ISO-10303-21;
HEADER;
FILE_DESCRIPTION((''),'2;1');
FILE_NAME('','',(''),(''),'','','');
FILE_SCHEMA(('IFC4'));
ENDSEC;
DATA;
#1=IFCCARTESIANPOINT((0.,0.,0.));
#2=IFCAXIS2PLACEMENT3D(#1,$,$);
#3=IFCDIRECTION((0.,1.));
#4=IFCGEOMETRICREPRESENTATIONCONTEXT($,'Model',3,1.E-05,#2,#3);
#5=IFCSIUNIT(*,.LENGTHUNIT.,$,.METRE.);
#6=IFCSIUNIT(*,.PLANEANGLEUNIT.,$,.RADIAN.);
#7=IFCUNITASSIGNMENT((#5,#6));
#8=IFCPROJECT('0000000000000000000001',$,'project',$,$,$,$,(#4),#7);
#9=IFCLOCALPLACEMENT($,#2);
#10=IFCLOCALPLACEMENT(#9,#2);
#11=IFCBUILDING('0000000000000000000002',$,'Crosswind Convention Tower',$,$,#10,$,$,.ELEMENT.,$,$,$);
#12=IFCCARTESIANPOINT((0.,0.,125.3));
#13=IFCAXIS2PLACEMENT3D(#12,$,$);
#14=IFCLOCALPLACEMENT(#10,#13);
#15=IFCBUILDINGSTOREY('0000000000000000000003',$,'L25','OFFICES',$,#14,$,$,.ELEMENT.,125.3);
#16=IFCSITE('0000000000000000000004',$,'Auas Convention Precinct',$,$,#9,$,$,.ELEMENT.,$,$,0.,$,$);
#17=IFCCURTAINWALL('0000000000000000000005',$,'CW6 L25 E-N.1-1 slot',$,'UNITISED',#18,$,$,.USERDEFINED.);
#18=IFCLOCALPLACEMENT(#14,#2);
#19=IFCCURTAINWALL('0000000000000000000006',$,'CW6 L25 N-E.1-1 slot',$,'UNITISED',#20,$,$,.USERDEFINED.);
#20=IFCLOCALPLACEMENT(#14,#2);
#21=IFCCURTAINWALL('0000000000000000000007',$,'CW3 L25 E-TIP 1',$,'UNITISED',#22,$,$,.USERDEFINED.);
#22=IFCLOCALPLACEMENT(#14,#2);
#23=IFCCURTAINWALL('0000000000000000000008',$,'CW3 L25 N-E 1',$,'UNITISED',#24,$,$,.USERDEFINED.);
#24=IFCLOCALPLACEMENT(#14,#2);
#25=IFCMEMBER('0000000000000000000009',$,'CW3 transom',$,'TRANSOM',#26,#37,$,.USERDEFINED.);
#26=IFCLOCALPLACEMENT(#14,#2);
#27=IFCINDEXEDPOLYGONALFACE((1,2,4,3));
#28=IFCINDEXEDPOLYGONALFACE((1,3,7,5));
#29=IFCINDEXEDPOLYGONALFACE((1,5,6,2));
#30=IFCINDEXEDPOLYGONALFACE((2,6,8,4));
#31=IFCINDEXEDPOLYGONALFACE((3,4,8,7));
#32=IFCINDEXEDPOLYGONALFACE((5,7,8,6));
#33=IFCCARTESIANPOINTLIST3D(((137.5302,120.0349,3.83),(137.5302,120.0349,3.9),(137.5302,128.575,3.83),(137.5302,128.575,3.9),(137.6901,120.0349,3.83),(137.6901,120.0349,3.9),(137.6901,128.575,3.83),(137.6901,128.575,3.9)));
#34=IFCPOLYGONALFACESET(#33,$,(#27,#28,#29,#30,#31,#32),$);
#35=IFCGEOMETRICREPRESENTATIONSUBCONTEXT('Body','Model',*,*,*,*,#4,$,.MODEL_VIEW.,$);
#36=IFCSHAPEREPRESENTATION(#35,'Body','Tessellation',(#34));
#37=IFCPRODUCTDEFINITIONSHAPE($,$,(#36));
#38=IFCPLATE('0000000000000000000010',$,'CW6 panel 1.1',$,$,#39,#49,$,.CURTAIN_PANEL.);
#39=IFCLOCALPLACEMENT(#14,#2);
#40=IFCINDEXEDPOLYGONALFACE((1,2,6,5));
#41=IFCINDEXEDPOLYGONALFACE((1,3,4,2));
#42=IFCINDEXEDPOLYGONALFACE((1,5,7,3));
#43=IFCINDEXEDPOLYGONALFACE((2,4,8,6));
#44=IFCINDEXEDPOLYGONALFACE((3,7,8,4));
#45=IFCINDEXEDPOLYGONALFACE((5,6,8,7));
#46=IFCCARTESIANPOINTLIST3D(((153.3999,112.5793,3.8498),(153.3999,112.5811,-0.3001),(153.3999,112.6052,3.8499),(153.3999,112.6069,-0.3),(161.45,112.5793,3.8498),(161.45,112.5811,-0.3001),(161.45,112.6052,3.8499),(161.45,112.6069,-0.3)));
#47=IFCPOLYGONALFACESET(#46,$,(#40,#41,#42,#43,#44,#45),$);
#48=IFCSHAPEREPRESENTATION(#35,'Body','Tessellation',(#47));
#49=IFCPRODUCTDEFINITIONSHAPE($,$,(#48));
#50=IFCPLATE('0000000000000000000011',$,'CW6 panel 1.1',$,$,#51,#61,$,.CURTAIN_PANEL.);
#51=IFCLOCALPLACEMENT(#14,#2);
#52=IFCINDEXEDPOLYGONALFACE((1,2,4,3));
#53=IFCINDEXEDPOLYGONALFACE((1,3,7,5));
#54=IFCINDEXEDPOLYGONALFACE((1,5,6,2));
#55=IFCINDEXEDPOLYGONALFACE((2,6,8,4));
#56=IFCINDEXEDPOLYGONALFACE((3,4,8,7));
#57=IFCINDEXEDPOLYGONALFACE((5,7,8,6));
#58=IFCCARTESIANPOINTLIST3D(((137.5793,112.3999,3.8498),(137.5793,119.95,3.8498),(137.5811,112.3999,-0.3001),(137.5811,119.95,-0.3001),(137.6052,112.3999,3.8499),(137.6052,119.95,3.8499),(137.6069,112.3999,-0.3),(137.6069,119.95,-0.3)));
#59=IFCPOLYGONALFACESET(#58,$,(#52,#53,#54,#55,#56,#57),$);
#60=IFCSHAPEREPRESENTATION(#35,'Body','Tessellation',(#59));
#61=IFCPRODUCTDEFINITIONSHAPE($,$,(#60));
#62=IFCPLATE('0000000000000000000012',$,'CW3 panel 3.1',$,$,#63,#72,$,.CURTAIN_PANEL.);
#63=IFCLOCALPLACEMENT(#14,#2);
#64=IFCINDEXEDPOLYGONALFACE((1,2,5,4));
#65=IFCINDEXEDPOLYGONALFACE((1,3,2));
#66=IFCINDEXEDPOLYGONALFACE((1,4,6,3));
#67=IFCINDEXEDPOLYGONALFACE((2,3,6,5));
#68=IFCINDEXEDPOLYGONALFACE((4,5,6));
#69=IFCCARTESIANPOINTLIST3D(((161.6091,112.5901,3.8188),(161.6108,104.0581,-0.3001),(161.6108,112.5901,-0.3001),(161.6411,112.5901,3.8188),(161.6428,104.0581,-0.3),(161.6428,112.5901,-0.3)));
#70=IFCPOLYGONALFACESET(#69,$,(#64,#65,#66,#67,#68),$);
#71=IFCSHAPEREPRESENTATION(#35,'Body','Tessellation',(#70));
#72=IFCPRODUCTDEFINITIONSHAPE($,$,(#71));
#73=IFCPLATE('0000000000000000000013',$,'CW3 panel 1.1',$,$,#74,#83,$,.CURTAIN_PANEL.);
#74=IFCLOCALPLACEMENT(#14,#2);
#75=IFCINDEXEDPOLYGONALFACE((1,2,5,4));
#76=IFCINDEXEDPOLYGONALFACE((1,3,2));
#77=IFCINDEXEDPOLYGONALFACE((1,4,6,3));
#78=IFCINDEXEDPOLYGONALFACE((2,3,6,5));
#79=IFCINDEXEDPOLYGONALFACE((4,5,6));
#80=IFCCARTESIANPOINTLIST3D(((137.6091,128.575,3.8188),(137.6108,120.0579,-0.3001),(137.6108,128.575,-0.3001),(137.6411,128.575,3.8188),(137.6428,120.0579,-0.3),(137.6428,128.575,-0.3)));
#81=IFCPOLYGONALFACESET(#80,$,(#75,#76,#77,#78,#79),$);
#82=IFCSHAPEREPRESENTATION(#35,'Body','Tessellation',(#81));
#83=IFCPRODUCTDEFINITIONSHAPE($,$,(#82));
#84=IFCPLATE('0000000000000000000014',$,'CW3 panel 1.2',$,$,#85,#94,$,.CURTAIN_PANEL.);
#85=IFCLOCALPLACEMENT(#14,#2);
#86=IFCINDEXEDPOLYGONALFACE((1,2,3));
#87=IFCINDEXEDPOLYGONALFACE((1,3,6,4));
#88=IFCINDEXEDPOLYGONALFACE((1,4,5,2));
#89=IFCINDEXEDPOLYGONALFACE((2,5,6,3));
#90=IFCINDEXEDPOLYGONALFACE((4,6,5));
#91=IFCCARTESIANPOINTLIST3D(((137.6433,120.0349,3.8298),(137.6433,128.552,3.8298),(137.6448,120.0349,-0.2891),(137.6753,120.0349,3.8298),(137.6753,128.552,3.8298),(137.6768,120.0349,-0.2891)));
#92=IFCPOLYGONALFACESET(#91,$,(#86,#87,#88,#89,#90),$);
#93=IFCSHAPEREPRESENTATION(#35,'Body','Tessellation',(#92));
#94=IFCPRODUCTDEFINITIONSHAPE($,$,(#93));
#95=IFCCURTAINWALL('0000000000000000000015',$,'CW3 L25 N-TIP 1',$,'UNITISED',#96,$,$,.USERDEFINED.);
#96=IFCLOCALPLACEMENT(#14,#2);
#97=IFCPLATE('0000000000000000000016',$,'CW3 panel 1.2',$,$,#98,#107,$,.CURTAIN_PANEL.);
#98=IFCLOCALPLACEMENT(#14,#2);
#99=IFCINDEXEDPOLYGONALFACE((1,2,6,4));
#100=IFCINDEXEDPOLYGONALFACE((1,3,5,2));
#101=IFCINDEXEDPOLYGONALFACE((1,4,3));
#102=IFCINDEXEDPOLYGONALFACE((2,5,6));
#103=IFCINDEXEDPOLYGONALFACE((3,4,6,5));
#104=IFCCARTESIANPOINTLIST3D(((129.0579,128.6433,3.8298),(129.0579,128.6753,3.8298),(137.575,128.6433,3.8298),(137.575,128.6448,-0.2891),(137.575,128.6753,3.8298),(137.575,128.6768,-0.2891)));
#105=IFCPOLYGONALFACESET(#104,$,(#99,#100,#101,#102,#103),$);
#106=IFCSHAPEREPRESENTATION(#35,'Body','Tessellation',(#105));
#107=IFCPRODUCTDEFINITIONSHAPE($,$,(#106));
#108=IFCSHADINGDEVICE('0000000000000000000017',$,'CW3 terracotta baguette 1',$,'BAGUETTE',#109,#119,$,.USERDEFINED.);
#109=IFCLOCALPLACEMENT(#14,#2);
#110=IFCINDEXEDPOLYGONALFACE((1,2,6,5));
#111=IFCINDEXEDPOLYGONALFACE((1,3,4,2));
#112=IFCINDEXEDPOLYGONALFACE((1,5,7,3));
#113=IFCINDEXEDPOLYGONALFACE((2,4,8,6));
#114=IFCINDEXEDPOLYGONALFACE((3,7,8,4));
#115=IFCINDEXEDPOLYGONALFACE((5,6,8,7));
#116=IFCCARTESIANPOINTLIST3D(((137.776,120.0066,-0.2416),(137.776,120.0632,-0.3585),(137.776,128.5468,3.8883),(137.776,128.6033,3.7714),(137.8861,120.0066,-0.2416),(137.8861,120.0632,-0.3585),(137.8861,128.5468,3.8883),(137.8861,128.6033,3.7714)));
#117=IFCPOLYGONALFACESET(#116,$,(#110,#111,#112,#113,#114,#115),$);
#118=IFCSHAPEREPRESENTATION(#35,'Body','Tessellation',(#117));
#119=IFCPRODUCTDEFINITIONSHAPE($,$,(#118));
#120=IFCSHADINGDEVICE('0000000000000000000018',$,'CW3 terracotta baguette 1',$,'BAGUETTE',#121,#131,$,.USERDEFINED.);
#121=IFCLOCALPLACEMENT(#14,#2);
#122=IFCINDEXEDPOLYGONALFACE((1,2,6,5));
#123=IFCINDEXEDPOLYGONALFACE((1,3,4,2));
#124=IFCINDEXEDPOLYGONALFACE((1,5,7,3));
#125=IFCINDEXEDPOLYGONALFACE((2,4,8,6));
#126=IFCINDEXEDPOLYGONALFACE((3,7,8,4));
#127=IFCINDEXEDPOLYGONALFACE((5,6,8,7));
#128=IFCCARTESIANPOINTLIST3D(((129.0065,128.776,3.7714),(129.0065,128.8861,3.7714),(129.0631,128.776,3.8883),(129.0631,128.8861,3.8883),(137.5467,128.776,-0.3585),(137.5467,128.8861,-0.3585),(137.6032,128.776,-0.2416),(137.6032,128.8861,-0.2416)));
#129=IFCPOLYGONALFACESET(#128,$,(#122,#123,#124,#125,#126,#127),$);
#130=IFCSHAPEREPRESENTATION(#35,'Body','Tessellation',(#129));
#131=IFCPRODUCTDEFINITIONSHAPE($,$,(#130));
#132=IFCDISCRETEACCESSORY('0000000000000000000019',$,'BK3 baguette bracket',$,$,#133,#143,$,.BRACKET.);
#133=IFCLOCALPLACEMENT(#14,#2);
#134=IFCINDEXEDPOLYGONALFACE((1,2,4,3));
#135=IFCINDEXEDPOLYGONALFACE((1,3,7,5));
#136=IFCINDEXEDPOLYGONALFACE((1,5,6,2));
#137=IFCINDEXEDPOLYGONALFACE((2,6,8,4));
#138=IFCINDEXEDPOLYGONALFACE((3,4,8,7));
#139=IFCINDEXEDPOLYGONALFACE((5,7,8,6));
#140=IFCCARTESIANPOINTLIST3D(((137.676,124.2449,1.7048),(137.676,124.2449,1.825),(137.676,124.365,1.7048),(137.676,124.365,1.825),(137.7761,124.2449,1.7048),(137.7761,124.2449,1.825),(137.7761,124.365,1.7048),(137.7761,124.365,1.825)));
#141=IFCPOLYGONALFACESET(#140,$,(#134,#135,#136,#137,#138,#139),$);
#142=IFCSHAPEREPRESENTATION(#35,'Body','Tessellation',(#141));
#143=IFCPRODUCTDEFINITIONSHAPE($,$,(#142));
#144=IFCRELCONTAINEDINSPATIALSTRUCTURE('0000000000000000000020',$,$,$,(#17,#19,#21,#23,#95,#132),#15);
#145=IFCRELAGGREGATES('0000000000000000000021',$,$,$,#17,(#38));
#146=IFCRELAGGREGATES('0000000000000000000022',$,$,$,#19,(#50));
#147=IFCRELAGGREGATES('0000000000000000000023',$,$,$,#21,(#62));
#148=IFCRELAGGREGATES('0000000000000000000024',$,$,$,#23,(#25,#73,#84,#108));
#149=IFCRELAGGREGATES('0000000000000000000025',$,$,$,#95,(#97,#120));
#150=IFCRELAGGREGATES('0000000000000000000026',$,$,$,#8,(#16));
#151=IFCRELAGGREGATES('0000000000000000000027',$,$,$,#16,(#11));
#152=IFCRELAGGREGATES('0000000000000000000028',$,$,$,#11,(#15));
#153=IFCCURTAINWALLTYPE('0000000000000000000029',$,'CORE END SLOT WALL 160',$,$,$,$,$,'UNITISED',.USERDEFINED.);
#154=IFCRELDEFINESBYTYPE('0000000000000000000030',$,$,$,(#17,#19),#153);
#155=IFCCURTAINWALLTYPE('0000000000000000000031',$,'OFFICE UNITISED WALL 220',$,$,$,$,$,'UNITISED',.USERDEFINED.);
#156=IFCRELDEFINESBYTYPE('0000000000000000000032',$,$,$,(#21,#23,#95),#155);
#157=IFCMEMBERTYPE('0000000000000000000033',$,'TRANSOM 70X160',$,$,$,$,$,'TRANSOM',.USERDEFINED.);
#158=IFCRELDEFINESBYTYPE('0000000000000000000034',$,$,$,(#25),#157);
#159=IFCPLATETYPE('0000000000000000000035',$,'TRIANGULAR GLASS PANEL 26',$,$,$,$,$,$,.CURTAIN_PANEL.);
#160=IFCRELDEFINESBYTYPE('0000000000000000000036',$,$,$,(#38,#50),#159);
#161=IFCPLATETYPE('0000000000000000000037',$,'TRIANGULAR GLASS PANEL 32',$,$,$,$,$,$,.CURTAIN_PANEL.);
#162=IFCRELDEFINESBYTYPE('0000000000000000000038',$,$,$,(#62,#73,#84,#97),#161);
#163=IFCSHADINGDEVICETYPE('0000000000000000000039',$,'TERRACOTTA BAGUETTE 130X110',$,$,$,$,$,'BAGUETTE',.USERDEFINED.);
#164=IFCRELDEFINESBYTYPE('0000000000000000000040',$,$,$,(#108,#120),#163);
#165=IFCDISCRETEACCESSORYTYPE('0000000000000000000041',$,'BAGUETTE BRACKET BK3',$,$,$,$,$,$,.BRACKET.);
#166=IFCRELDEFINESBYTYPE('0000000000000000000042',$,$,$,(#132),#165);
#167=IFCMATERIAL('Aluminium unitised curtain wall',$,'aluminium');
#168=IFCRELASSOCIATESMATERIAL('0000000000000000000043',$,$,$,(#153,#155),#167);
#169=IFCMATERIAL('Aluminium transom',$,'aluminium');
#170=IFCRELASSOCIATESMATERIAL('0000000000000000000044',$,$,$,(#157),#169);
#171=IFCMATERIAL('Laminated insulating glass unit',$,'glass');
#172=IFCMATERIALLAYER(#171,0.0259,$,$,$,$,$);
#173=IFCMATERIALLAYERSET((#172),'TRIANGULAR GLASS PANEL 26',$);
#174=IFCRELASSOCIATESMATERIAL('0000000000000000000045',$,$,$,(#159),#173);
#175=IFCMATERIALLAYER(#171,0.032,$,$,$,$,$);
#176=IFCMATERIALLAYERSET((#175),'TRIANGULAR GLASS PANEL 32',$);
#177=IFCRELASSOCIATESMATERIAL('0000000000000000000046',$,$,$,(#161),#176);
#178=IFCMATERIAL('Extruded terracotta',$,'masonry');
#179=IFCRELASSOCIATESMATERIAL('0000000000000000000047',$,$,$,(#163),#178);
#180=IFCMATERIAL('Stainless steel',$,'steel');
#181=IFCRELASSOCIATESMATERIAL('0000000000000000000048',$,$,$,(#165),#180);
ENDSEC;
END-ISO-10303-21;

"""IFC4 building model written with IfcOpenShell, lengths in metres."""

from ifc_helpers import new_model, si_unit, direction, frame, origin, origin_2d, place, context, subcontext, project, spatial, polyline, rectangle, outline, extrude, material, layer, layer_set, material_profile, profile_set, type_object, element, aggregate, save


model = new_model("IFC4")

# Units and contexts
model_context = context("Model", 3, precision=1e-05, world=origin(), true_north=direction((0.0, 1.0)))
body_context = subcontext(model_context, "Body", "Model", "MODEL_VIEW")
ifc_project = project(units=[si_unit("LENGTHUNIT", "METRE"), si_unit("PLANEANGLEUNIT", "RADIAN")], contexts=[model_context])

# Site, building, storey
site_placement = place(None, origin())
site = spatial("IfcSite", under=ifc_project, at=site_placement, Name="Auas Convention Precinct", CompositionType="ELEMENT", RefElevation=0.0)
building_placement = place(site_placement, origin())
building = spatial("IfcBuilding", under=site, at=building_placement, Name="Crosswind Convention Tower", CompositionType="ELEMENT")
storey_placement = place(building_placement, frame((0.0, 0.0, 125.3)))
storey = spatial("IfcBuildingStorey", under=building, at=storey_placement, Name="L25", Description="OFFICES", CompositionType="ELEMENT", Elevation=125.3)

# Curtain walls
ifc_material_1 = material(Name="Aluminium unitised curtain wall", Category="aluminium")
curtain_wall_type_1 = type_object("IfcCurtainWallType", Name="CORE END SLOT WALL 160", ElementType="UNITISED", PredefinedType="USERDEFINED", material=ifc_material_1)
curtain_wall_1_placement = place(storey_placement, origin())
curtain_wall_1 = element("IfcCurtainWall", 1, at=curtain_wall_1_placement, inside=storey, type_object=curtain_wall_type_1, Name="CW6 L25 E-N.1-1 slot", ObjectType="UNITISED", PredefinedType="USERDEFINED")
curtain_wall_2_placement = place(storey_placement, origin())
curtain_wall_2 = element("IfcCurtainWall", 2, at=curtain_wall_2_placement, inside=storey, type_object=curtain_wall_type_1, Name="CW6 L25 N-E.1-1 slot", ObjectType="UNITISED", PredefinedType="USERDEFINED")

# Curtain wall
curtain_wall_type_2 = type_object("IfcCurtainWallType", Name="OFFICE UNITISED WALL 220", ElementType="UNITISED", PredefinedType="USERDEFINED", material=ifc_material_1)
curtain_wall_3_placement = place(storey_placement, origin())
curtain_wall_3 = element("IfcCurtainWall", 3, at=curtain_wall_3_placement, inside=storey, type_object=curtain_wall_type_2, Name="CW3 L25 E-TIP 1", ObjectType="UNITISED", PredefinedType="USERDEFINED")

# Curtain wall
curtain_wall_4_placement = place(storey_placement, origin())
curtain_wall_4 = element("IfcCurtainWall", 4, at=curtain_wall_4_placement, inside=storey, type_object=curtain_wall_type_2, Name="CW3 L25 N-E 1", ObjectType="UNITISED", PredefinedType="USERDEFINED")

# Member
ifc_material_2 = material(Name="Aluminium transom", Category="aluminium")
ifc_material_profile_1 = material_profile(ifc_material_2, rectangle(XDim=0.1599, YDim=0.0701, at=origin_2d()), Name="AL 160X70")
ifc_profile_set_1 = profile_set([ifc_material_profile_1], Name="Aluminium transom")
member_type_1 = type_object("IfcMemberType", Name="TRANSOM 70X160", ElementType="TRANSOM", PredefinedType="USERDEFINED", material=ifc_profile_set_1)
member_1_placement = place(storey_placement, frame((137.6101, 120.0349, 3.865), z_axis=(0.0, 1.0, 0.0), x_axis=(-1.0, 0.0, 0.0)))
member_1 = element("IfcMember", 5, at=member_1_placement, type_object=member_type_1, Name="CW3 transom", ObjectType="TRANSOM", PredefinedType="USERDEFINED", context=body_context, shape_type="SweptSolid", body=[
    extrude(rectangle(XDim=0.1599, YDim=0.0701, at=origin_2d()), origin(), (0.0, 0.0, 1.0), 8.54),
])

# Plates
ifc_material_3 = material(Name="Laminated insulating glass unit", Category="glass")
ifc_layer_1 = layer(ifc_material_3, 0.0259)
ifc_layer_set_1 = layer_set([ifc_layer_1], Name="TRIANGULAR GLASS PANEL 26")
plate_type_1 = type_object("IfcPlateType", Name="TRIANGULAR GLASS PANEL 26", PredefinedType="CURTAIN_PANEL", material=ifc_layer_set_1)
plate_1_placement = place(storey_placement, frame((161.45, 112.6069, -0.3), z_axis=(0.0, 1.0, 0.000412), x_axis=(-1.0, 0.0, 0.0)))
plate_1 = element("IfcPlate", 6, at=plate_1_placement, type_object=plate_type_1, Name="CW6 panel 1.1", PredefinedType="CURTAIN_PANEL", context=body_context, shape_type="SweptSolid", body=[
    extrude(outline(polyline([(0.0, 0.0), (8.05, 0.0), (8.05, 4.1499), (0.0, 4.1499), (0.0, 0.0)])), origin(), (0.0, 0.0, -1.0), 0.0259),
])
aggregate(curtain_wall_1, [plate_1])
plate_2_placement = place(storey_placement, frame((137.6069, 112.3999, -0.3), z_axis=(1.0, 0.0, 0.000412), x_axis=(0.0, 1.0, 0.0)))
plate_2 = element("IfcPlate", 7, at=plate_2_placement, type_object=plate_type_1, Name="CW6 panel 1.1", PredefinedType="CURTAIN_PANEL", context=body_context, shape_type="SweptSolid", body=[
    extrude(outline(polyline([(0.0, 0.0), (7.55, 0.0), (7.55, 4.1499), (0.0, 4.1499), (0.0, 0.0)])), origin(), (0.0, 0.0, -1.0), 0.0259),
])
aggregate(curtain_wall_2, [plate_2])
ifc_layer_2 = layer(ifc_material_3, 0.032)
ifc_layer_set_2 = layer_set([ifc_layer_2], Name="TRIANGULAR GLASS PANEL 32")
plate_type_2 = type_object("IfcPlateType", Name="TRIANGULAR GLASS PANEL 32", PredefinedType="CURTAIN_PANEL", material=ifc_layer_set_2)
plate_3_placement = place(storey_placement, frame((161.6428, 112.5901, -0.3), z_axis=(1.0, 0.0, 0.000415), x_axis=(-0.000415, 0.0, 1.0)))
plate_3 = element("IfcPlate", 8, at=plate_3_placement, type_object=plate_type_2, Name="CW3 panel 3.1", PredefinedType="CURTAIN_PANEL", context=body_context, shape_type="SweptSolid", body=[
    extrude(outline(polyline([(0.0, 0.0), (4.1189, 0.0), (0.0, 8.532), (0.0, 0.0)])), origin(), (0.0, 0.0, -1.0), 0.032),
])
aggregate(curtain_wall_3, [plate_3])
plate_4_placement = place(storey_placement, frame((137.6428, 128.575, -0.3), z_axis=(1.0, 0.0, 0.000415), x_axis=(-0.000415, 0.0, 1.0)))
plate_4 = element("IfcPlate", 9, at=plate_4_placement, type_object=plate_type_2, Name="CW3 panel 1.1", PredefinedType="CURTAIN_PANEL", context=body_context, shape_type="SweptSolid", body=[
    extrude(outline(polyline([(0.0, 0.0), (4.1189, 0.0), (0.0, 8.5171), (0.0, 0.0)])), origin(), (0.0, 0.0, -1.0), 0.032),
])
plate_5_placement = place(storey_placement, frame((137.6753, 120.0349, 3.8298), z_axis=(1.0, 0.0, 0.000356), x_axis=(0.000356, 0.0, -1.0)))
plate_5 = element("IfcPlate", 10, at=plate_5_placement, type_object=plate_type_2, Name="CW3 panel 1.2", PredefinedType="CURTAIN_PANEL", context=body_context, shape_type="SweptSolid", body=[
    extrude(outline(polyline([(0.0, 0.0), (4.1189, 0.0), (0.0, 8.5171), (0.0, 0.0)])), origin(), (0.0, 0.0, -1.0), 0.032),
])

# Curtain wall, plate
curtain_wall_5_placement = place(storey_placement, origin())
curtain_wall_5 = element("IfcCurtainWall", 11, at=curtain_wall_5_placement, inside=storey, type_object=curtain_wall_type_2, Name="CW3 L25 N-TIP 1", ObjectType="UNITISED", PredefinedType="USERDEFINED")
plate_6_placement = place(storey_placement, frame((137.575, 128.6753, 3.8298), z_axis=(0.0, 1.0, 0.000356), x_axis=(0.0, 0.000356, -1.0)))
plate_6 = element("IfcPlate", 12, at=plate_6_placement, type_object=plate_type_2, Name="CW3 panel 1.2", PredefinedType="CURTAIN_PANEL", context=body_context, shape_type="SweptSolid", body=[
    extrude(outline(polyline([(0.0, 0.0), (4.1189, 0.0), (0.0, 8.5171), (0.0, 0.0)])), origin(), (0.0, 0.0, -1.0), 0.032),
])

# Shading devices
ifc_material_4 = material(Name="Extruded terracotta", Category="masonry")
ifc_material_profile_2 = material_profile(ifc_material_4, rectangle(XDim=0.1101, YDim=0.1299, at=origin_2d()), Name="TC 110X130")
ifc_profile_set_2 = profile_set([ifc_material_profile_2], Name="Extruded terracotta")
shading_device_type = type_object("IfcShadingDeviceType", Name="TERRACOTTA BAGUETTE 130X110", ElementType="BAGUETTE", PredefinedType="USERDEFINED", material=ifc_profile_set_2)
shading_device_1_placement = place(storey_placement, frame((137.8311, 120.0349, -0.3), z_axis=(0.0, 0.900258, 0.435356), x_axis=(-1.0, 0.0, 0.0)))
shading_device_1 = element("IfcShadingDevice", 13, at=shading_device_1_placement, type_object=shading_device_type, Name="CW3 terracotta baguette 1", ObjectType="BAGUETTE", PredefinedType="USERDEFINED", context=body_context, shape_type="SweptSolid", body=[
    extrude(rectangle(XDim=0.1101, YDim=0.1299, at=origin_2d()), origin(), (0.0, 0.0, 1.0), 9.4863),
])
aggregate(curtain_wall_4, [member_1, plate_4, plate_5, shading_device_1])
shading_device_2_placement = place(storey_placement, frame((137.575, 128.8311, -0.3), z_axis=(-0.900258, 0.0, 0.435356), x_axis=(0.0, -1.0, 0.0)))
shading_device_2 = element("IfcShadingDevice", 14, at=shading_device_2_placement, type_object=shading_device_type, Name="CW3 terracotta baguette 1", ObjectType="BAGUETTE", PredefinedType="USERDEFINED", context=body_context, shape_type="SweptSolid", body=[
    extrude(rectangle(XDim=0.1101, YDim=0.1299, at=origin_2d()), origin(), (0.0, 0.0, 1.0), 9.4863),
])
aggregate(curtain_wall_5, [plate_6, shading_device_2])

# Discrete accessory
ifc_material_5 = material(Name="Stainless steel", Category="steel")
discrete_accessory_type = type_object("IfcDiscreteAccessoryType", Name="BAGUETTE BRACKET BK3", PredefinedType="BRACKET", material=ifc_material_5)
discrete_accessory_placement = place(storey_placement, frame((137.7261, 124.3049, 1.7048), z_axis=(0.0, 0.0, 1.0), x_axis=(0.0, 1.0, 0.0)))
element("IfcDiscreteAccessory", 15, at=discrete_accessory_placement, inside=storey, type_object=discrete_accessory_type, Name="BK3 baguette bracket", PredefinedType="BRACKET", context=body_context, shape_type="SweptSolid", body=[
    extrude(rectangle(XDim=0.1201, YDim=0.1001, at=origin_2d()), origin(), (0.0, 0.0, 1.0), 0.1201),
])

save(model, "model.ifc")
